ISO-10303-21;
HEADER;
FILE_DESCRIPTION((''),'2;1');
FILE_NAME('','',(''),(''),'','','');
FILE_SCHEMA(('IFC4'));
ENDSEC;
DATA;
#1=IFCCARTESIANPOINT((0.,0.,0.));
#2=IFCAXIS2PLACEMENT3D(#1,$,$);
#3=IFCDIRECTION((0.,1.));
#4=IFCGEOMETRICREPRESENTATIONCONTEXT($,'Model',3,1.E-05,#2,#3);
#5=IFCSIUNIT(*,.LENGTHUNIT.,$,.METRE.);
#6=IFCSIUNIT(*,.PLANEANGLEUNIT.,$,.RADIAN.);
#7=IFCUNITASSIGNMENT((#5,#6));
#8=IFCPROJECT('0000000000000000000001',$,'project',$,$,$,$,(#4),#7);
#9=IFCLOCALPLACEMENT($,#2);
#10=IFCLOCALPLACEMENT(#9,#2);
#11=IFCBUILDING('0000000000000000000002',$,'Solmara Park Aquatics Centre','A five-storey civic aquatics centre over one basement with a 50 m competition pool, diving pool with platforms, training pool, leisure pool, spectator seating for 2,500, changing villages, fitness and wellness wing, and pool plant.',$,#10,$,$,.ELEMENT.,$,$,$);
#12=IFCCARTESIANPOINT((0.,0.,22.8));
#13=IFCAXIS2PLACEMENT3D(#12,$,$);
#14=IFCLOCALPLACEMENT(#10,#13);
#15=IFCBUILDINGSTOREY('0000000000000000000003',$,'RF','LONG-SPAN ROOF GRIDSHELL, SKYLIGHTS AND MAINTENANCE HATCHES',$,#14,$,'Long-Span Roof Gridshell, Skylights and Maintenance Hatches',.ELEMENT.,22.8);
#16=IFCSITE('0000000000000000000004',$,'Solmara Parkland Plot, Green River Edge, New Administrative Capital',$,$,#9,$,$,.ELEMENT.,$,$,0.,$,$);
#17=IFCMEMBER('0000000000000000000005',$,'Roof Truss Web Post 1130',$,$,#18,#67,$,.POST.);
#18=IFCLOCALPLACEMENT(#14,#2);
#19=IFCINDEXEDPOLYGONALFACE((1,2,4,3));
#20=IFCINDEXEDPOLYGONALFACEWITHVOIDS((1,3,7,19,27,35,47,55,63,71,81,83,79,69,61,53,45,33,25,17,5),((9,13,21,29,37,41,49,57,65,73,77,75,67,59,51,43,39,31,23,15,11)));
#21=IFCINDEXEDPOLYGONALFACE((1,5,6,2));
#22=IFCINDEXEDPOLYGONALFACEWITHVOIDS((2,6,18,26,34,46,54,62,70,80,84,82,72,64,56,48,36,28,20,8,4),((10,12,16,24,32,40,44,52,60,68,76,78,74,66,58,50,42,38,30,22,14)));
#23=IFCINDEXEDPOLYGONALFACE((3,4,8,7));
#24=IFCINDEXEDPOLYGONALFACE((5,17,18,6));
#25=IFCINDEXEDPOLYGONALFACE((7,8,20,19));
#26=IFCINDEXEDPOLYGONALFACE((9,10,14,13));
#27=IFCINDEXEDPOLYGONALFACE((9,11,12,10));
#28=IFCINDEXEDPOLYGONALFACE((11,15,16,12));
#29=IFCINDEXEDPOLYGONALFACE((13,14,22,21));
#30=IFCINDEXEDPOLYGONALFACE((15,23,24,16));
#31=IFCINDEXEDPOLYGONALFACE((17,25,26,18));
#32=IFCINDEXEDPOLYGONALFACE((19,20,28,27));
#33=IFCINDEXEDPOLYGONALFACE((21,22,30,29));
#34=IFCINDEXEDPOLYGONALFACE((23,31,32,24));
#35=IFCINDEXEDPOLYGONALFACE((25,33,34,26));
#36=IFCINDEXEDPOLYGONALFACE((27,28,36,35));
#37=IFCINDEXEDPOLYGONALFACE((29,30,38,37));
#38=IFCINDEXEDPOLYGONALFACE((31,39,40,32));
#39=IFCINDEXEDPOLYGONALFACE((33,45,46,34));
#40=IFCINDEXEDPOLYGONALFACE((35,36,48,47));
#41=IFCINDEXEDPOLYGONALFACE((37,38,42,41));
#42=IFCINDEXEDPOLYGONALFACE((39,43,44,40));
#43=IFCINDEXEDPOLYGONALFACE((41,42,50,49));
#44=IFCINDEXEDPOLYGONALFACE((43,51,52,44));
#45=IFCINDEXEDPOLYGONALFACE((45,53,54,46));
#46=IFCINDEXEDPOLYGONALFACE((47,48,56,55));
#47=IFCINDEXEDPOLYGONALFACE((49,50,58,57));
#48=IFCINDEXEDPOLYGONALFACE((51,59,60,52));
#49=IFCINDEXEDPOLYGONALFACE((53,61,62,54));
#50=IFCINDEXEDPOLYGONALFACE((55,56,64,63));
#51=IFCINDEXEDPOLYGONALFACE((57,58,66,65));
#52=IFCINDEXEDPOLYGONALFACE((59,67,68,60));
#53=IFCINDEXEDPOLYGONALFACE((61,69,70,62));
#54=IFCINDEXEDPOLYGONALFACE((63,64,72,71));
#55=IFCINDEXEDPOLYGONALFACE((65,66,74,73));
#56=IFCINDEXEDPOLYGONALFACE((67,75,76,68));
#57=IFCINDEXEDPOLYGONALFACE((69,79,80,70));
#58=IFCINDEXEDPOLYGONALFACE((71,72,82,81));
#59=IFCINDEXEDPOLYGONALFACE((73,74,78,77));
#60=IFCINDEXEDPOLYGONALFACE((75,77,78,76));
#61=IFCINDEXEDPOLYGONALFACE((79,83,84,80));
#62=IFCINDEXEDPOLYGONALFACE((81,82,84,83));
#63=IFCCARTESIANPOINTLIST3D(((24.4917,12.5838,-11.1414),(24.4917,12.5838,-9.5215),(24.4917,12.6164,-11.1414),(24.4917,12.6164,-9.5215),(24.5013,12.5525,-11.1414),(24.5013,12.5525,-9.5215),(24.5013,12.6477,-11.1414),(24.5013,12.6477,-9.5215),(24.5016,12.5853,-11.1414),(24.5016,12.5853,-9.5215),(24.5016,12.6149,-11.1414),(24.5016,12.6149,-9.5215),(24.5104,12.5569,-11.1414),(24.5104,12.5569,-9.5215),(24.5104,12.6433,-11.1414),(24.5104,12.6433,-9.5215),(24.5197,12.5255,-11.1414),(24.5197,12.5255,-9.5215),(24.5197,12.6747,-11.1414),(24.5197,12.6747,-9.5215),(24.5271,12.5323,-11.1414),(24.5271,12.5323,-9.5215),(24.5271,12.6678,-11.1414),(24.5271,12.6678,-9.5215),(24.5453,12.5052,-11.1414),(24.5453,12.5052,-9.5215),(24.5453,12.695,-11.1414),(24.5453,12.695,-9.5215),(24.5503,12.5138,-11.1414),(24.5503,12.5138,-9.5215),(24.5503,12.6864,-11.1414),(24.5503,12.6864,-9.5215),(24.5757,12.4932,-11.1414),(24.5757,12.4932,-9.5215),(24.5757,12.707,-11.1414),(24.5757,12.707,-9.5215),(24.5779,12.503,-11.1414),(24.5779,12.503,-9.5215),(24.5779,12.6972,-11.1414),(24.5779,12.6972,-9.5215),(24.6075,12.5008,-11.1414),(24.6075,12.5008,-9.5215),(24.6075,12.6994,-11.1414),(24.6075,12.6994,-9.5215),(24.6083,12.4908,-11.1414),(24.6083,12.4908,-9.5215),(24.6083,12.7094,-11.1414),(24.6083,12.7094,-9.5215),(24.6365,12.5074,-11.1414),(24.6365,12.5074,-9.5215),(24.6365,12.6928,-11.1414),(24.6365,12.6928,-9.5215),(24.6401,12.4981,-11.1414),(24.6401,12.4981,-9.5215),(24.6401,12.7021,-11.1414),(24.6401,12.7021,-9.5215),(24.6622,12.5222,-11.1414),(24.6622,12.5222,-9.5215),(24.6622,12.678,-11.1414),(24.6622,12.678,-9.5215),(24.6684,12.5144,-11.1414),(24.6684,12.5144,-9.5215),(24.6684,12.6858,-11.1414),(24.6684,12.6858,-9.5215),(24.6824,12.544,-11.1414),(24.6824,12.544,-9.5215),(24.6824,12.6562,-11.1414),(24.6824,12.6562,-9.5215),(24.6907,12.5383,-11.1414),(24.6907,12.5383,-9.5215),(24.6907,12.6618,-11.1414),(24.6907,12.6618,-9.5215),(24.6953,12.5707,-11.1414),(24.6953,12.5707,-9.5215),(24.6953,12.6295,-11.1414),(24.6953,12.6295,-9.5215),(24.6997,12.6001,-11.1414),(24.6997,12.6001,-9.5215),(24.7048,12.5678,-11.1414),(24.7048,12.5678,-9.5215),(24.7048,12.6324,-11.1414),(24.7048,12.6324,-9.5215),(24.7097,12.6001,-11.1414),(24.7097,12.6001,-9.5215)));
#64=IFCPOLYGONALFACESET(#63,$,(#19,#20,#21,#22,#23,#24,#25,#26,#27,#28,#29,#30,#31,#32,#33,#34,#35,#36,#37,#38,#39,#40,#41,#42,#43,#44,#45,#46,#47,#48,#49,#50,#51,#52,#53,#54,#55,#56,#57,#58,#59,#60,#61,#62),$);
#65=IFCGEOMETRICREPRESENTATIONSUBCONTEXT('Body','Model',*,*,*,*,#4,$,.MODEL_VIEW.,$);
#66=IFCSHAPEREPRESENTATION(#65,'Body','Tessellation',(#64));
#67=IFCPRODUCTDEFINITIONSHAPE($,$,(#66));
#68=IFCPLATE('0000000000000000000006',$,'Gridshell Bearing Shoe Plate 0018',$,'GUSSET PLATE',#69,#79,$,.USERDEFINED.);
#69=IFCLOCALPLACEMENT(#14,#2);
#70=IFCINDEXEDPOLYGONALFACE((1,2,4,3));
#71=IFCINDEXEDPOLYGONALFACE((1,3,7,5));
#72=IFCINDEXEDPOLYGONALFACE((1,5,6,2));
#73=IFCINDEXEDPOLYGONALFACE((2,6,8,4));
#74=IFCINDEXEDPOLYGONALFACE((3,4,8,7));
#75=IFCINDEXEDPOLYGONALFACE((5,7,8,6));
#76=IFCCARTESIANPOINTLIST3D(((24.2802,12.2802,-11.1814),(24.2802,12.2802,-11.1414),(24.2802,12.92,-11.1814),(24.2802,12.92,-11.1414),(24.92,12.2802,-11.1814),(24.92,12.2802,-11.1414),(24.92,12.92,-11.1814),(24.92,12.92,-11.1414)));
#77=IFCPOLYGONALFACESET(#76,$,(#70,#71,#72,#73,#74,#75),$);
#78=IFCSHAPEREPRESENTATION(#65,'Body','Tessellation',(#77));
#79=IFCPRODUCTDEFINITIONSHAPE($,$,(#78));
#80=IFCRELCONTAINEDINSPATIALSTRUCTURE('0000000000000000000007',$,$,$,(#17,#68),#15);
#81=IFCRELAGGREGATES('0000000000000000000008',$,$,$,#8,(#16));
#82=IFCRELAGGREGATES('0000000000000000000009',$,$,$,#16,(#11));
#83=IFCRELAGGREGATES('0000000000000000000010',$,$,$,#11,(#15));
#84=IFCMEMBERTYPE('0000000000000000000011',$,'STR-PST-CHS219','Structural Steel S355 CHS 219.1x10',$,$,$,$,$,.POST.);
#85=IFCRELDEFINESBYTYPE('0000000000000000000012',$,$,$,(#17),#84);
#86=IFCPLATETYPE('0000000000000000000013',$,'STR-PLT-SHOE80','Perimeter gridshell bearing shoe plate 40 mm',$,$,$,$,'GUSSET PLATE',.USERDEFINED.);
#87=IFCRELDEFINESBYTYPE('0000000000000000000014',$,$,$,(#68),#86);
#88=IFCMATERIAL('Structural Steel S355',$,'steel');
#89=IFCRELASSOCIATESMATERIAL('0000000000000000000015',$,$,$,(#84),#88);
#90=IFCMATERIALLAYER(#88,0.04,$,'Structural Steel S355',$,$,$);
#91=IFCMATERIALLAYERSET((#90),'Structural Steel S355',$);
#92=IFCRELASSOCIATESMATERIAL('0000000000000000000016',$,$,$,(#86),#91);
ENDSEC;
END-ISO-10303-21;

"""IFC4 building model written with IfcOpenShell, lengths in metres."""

from ifc_helpers import new_model, si_unit, direction, frame, origin, origin_2d, place, context, subcontext, project, spatial, rectangle, hollow_circle, extrude, material, layer, layer_set, material_profile, profile_set, type_object, element, save


model = new_model("IFC4")

# Units and contexts
model_context = context("Model", 3, precision=1e-05, world=origin(), true_north=direction((0.0, 1.0)))
body_context = subcontext(model_context, "Body", "Model", "MODEL_VIEW")
ifc_project = project(units=[si_unit("LENGTHUNIT", "METRE"), si_unit("PLANEANGLEUNIT", "RADIAN")], contexts=[model_context])

# Site, building, storey
site_placement = place(None, origin())
site = spatial("IfcSite", under=ifc_project, at=site_placement, Name="Solmara Parkland Plot, Green River Edge, New Administrative Capital", CompositionType="ELEMENT", RefElevation=0.0)
building_placement = place(site_placement, origin())
building = spatial("IfcBuilding", under=site, at=building_placement, Name="Solmara Park Aquatics Centre", Description="A five-storey civic aquatics centre over one basement with a 50 m competition pool, diving pool with platforms, training pool, leisure pool, spectator seating for 2,500, changing villages, fitness and wellness wing, and pool plant.", CompositionType="ELEMENT")
storey_placement = place(building_placement, frame((0.0, 0.0, 22.8)))
storey = spatial("IfcBuildingStorey", under=building, at=storey_placement, Name="RF", Description="LONG-SPAN ROOF GRIDSHELL, SKYLIGHTS AND MAINTENANCE HATCHES", LongName="Long-Span Roof Gridshell, Skylights and Maintenance Hatches", CompositionType="ELEMENT", Elevation=22.8)

# Member
ifc_material_1 = material(Name="Structural Steel S355", Category="steel")
ifc_material_profile_1 = material_profile(ifc_material_1, hollow_circle(Radius=0.1096, WallThickness=0.01, at=origin_2d()), Name="CHS 219.1x10")
ifc_profile_set_1 = profile_set([ifc_material_profile_1], Name="Structural Steel S355")
member_type_1 = type_object("IfcMemberType", Name="STR-PST-CHS219", Description="Structural Steel S355 CHS 219.1x10", PredefinedType="POST", material=ifc_profile_set_1)
for number, where, z_axis, x_axis, name in (
    (1, (24.6001, 12.6001, -11.1414), (0.0, 0.0, 1.0), (1.0, 0.0, 0.0), "Roof Truss Web Post 1130"),
):
    element("IfcMember", number, at=place(storey_placement, frame(where, z_axis=z_axis, x_axis=x_axis)), inside=storey, type_object=member_type_1, Name=name, PredefinedType="POST", context=body_context, shape_type="SweptSolid", body=[
        extrude(hollow_circle(Radius=0.1096, WallThickness=0.01, at=origin_2d()), origin(), (0.0, 0.0, 1.0), 1.6199),
    ])

# Plate
ifc_layer = layer(ifc_material_1, 0.04, Name="Structural Steel S355")
ifc_layer_set = layer_set([ifc_layer], Name="Structural Steel S355")
plate_type = type_object("IfcPlateType", Name="STR-PLT-SHOE80", Description="Perimeter gridshell bearing shoe plate 40 mm", ElementType="GUSSET PLATE", PredefinedType="USERDEFINED", material=ifc_layer_set)
plate_placement = place(storey_placement, frame((24.6001, 12.6001, -11.1814), z_axis=(0.0, 0.0, 1.0), x_axis=(1.0, 0.0, 0.0)))
element("IfcPlate", 2, at=plate_placement, inside=storey, type_object=plate_type, Name="Gridshell Bearing Shoe Plate 0018", ObjectType="GUSSET PLATE", PredefinedType="USERDEFINED", context=body_context, shape_type="SweptSolid", body=[
    extrude(rectangle(XDim=0.6399, YDim=0.6399, at=origin_2d()), origin(), (0.0, 0.0, 1.0), 0.04),
])

save(model, "model.ifc")
